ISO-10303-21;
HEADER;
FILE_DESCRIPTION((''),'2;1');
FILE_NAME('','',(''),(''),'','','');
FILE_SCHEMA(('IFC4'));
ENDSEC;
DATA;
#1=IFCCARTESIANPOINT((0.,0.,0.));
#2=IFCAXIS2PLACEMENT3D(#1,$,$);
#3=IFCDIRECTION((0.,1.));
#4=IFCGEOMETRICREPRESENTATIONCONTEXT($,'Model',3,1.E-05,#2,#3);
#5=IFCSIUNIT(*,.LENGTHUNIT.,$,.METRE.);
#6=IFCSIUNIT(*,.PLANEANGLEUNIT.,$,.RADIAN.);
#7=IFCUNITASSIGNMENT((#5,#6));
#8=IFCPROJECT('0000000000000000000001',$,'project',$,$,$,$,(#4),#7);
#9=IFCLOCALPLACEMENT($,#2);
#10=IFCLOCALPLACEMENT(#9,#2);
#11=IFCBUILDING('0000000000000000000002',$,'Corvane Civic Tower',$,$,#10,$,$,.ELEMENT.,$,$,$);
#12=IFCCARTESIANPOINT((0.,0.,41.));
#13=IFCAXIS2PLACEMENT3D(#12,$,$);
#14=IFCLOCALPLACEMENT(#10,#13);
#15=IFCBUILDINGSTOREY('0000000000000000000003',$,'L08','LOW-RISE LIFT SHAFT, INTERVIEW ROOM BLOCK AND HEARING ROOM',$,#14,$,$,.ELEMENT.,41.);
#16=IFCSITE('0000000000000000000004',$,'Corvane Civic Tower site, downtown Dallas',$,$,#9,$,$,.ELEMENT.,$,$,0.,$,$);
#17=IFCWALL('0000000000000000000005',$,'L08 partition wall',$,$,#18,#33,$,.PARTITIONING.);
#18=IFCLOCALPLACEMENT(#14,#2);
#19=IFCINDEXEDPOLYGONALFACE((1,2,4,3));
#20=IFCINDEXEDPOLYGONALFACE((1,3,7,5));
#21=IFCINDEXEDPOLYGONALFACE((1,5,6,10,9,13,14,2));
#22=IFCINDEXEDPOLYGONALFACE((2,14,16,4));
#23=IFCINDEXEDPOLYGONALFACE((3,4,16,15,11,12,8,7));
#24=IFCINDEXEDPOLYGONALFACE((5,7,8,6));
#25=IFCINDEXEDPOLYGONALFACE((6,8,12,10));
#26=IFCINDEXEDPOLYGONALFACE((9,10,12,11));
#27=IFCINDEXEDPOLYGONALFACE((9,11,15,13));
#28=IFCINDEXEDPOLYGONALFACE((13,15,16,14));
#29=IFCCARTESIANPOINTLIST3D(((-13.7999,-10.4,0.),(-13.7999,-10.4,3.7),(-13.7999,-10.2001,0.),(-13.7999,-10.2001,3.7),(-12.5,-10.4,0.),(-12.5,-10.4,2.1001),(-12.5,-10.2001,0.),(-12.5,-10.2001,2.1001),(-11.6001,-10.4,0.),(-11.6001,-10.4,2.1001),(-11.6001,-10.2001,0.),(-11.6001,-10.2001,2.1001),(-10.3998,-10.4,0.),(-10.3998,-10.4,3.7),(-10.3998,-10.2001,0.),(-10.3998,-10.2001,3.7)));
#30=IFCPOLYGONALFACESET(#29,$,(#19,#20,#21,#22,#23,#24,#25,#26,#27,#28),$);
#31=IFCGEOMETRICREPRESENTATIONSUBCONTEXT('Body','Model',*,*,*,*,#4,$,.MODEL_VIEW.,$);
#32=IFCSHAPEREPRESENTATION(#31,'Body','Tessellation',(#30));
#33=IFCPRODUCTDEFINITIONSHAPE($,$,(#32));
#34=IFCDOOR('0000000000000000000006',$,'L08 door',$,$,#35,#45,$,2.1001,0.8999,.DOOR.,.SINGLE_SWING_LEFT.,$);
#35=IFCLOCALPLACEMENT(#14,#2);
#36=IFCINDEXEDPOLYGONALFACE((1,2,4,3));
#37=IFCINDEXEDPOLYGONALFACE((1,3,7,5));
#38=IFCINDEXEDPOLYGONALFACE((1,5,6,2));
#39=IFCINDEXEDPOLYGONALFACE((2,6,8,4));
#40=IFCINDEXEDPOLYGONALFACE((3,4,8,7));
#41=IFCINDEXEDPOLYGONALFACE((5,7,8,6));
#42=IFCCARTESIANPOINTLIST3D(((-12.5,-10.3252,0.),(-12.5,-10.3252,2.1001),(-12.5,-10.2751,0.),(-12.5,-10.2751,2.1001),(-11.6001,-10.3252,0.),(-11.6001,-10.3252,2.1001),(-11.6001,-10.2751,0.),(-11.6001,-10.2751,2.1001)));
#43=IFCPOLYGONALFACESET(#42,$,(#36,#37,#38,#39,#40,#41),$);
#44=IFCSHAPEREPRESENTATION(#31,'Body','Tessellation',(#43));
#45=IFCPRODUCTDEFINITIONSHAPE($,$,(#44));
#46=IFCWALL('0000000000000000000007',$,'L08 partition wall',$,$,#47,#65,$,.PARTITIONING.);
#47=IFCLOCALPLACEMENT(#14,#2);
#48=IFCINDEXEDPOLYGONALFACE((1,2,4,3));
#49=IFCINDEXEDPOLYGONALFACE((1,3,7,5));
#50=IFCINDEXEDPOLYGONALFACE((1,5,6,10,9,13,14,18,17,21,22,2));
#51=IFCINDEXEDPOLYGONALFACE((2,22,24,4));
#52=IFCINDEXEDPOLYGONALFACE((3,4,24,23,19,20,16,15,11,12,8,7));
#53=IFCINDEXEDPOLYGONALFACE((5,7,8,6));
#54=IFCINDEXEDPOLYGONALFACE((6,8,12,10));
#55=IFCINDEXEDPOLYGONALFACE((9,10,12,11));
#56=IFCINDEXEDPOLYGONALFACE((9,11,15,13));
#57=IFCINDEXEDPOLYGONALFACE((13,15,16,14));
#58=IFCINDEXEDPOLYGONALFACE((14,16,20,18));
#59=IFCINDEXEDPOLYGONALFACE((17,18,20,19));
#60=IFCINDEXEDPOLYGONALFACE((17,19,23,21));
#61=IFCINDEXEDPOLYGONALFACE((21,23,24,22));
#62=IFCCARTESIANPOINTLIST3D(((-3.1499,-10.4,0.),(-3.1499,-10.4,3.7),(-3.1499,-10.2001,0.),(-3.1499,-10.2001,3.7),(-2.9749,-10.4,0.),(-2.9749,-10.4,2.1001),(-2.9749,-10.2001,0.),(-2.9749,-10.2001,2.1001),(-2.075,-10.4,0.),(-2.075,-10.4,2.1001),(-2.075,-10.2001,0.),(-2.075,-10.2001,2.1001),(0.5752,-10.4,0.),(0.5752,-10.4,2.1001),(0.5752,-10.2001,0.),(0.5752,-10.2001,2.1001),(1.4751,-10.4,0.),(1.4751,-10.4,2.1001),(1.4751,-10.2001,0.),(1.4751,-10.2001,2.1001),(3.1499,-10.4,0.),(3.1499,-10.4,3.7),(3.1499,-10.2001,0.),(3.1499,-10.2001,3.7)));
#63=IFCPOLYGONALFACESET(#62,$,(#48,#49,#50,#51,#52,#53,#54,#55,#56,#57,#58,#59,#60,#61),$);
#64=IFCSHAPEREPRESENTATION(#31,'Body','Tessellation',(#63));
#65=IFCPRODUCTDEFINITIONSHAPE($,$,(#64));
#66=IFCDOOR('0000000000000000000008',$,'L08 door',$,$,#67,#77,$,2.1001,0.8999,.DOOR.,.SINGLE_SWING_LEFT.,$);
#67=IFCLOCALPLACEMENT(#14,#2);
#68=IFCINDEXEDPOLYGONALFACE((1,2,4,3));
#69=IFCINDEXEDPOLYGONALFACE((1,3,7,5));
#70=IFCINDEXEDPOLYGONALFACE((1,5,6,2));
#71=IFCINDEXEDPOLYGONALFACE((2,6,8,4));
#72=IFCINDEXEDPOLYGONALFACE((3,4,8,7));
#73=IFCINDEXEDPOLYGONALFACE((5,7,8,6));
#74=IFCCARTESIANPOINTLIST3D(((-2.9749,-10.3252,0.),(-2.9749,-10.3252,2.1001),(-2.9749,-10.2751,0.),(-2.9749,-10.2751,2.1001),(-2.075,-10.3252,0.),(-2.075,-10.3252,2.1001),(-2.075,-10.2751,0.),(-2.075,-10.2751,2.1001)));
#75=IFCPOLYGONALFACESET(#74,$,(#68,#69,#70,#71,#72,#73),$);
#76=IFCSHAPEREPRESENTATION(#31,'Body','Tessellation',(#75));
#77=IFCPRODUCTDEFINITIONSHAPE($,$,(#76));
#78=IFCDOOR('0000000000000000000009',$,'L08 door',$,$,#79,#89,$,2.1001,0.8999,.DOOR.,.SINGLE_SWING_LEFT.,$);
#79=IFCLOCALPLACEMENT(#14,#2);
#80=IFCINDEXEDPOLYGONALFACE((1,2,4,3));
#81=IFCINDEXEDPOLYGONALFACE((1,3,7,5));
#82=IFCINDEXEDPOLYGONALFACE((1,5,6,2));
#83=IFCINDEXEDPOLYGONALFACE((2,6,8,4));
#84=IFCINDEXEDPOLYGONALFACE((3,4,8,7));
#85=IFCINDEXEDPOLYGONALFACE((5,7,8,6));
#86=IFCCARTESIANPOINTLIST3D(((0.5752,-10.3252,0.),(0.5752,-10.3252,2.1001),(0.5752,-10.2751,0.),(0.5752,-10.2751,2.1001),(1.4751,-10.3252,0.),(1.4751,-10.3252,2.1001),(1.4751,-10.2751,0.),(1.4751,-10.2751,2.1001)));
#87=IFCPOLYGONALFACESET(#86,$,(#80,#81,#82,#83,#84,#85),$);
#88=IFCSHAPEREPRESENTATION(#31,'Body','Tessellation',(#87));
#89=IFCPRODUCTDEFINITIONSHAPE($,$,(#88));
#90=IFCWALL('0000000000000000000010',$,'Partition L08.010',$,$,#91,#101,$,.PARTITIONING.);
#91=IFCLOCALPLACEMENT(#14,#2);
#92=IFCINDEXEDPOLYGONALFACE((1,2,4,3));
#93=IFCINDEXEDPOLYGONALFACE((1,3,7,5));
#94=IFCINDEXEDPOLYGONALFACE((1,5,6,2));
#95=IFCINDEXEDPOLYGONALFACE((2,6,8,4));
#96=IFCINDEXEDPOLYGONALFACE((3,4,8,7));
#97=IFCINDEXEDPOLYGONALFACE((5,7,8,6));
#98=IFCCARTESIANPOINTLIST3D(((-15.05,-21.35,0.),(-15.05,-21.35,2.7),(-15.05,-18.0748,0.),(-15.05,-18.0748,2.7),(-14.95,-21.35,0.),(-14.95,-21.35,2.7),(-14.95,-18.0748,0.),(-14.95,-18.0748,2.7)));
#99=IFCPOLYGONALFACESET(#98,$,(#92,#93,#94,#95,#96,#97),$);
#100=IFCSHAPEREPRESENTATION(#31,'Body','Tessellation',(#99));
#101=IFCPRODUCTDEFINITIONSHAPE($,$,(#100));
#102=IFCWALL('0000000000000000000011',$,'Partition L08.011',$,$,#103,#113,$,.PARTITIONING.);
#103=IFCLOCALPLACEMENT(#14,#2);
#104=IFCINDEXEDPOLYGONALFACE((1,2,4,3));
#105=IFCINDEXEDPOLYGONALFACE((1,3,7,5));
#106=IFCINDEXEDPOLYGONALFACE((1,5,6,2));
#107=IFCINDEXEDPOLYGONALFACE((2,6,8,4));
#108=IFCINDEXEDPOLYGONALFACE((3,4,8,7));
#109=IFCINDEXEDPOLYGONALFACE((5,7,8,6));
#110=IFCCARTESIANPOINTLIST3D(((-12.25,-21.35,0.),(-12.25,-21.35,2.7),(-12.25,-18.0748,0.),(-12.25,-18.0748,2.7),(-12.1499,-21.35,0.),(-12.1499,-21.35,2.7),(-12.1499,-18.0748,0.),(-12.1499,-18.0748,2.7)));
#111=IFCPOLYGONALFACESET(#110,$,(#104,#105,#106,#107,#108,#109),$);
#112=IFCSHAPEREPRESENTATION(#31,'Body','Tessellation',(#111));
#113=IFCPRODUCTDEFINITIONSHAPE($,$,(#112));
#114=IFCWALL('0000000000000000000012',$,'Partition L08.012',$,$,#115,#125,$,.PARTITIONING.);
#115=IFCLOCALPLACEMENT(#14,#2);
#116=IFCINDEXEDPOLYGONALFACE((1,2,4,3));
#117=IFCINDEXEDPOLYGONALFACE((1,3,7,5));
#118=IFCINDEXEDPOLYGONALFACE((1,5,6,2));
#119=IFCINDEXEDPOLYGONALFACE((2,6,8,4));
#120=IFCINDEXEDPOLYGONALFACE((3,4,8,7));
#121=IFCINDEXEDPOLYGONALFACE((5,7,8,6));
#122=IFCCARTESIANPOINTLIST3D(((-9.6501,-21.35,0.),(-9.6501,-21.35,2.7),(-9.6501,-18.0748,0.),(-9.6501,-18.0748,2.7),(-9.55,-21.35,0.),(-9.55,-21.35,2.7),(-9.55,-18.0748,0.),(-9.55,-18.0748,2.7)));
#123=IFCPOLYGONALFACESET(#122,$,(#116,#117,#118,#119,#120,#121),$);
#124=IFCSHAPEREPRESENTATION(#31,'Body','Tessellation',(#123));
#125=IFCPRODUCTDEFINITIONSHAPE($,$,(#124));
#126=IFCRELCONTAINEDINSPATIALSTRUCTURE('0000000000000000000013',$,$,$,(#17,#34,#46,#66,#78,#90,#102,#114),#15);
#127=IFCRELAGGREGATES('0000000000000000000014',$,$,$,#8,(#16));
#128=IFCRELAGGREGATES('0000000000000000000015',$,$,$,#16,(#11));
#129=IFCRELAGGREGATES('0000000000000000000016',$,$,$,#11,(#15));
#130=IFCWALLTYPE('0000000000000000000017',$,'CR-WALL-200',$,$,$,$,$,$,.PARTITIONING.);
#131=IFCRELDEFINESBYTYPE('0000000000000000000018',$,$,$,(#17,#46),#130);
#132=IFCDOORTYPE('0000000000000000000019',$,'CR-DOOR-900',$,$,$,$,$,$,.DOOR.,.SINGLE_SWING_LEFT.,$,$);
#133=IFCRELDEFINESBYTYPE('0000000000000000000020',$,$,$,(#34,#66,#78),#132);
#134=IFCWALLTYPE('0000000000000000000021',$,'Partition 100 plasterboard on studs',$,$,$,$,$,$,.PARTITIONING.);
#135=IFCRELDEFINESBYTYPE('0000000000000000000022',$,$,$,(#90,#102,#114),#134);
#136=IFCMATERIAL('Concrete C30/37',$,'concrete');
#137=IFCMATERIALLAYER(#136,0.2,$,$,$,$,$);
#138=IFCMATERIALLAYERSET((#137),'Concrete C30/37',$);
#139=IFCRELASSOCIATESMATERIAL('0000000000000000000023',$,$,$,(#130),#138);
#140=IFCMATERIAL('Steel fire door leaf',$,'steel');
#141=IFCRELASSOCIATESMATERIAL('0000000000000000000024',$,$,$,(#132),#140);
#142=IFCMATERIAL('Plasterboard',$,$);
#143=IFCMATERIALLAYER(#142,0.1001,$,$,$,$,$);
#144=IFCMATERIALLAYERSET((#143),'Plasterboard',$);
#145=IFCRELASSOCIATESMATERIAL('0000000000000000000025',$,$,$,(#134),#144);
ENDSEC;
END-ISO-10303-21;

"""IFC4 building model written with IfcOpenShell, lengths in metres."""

from ifc_helpers import new_model, si_unit, direction, frame, frame_2d, origin, place, context, subcontext, project, spatial, rectangle, extrude, material, layer, layer_set, type_object, element, fill, save


model = new_model("IFC4")

# Units and contexts
model_context = context("Model", 3, precision=1e-05, world=origin(), true_north=direction((0.0, 1.0)))
body_context = subcontext(model_context, "Body", "Model", "MODEL_VIEW")
ifc_project = project(units=[si_unit("LENGTHUNIT", "METRE"), si_unit("PLANEANGLEUNIT", "RADIAN")], contexts=[model_context])

# Site, building, storey
site_placement = place(None, origin())
site = spatial("IfcSite", under=ifc_project, at=site_placement, Name="Corvane Civic Tower site, downtown Dallas", CompositionType="ELEMENT", RefElevation=0.0)
building_placement = place(site_placement, origin())
building = spatial("IfcBuilding", under=site, at=building_placement, Name="Corvane Civic Tower", CompositionType="ELEMENT")
storey_placement = place(building_placement, frame((0.0, 0.0, 41.0)))
storey = spatial("IfcBuildingStorey", under=building, at=storey_placement, Name="L08", Description="LOW-RISE LIFT SHAFT, INTERVIEW ROOM BLOCK AND HEARING ROOM", CompositionType="ELEMENT", Elevation=41.0)

# Wall, opening, door
ifc_material_1 = material(Name="Concrete C30/37", Category="concrete")
ifc_layer_1 = layer(ifc_material_1, 0.2)
ifc_layer_set_1 = layer_set([ifc_layer_1], Name="Concrete C30/37")
wall_type_1 = type_object("IfcWallType", Name="CR-WALL-200", PredefinedType="PARTITIONING", material=ifc_layer_set_1)
wall_1_placement = place(storey_placement, frame((-13.8, -10.3, 0.0), z_axis=(0.0, 0.0, 1.0), x_axis=(1.0, 0.0, 0.0)))
wall_1 = element("IfcWall", 1, at=wall_1_placement, inside=storey, type_object=wall_type_1, Name="L08 partition wall", PredefinedType="PARTITIONING", context=body_context, shape_type="SweptSolid", body=[
    extrude(rectangle(XDim=3.4001, YDim=0.2, at=frame_2d((1.7002, 0.0))), origin(), (0.0, 0.0, 1.0), 3.7),
])
opening_1_placement = place(wall_1_placement, frame((1.3, 0.0, 0.0)))
opening_1 = element("IfcOpeningElement", 2, at=opening_1_placement, cuts=wall_1, PredefinedType="OPENING", context=body_context, shape_type="SweptSolid", body=[
    extrude(rectangle(XDim=0.8999, YDim=2.1001, at=frame_2d((0.45, 1.05))), frame((0.0, 0.1099, 0.0), z_axis=(0.0, -1.0, 0.0), x_axis=(1.0, 0.0, 0.0)), (0.0, 0.0, 1.0), 0.22),
])
ifc_material_2 = material(Name="Steel fire door leaf", Category="steel")
door_type_1 = type_object("IfcDoorType", Name="CR-DOOR-900", OperationType="SINGLE_SWING_LEFT", PredefinedType="DOOR", material=ifc_material_2)
door_1_placement = place(opening_1_placement, origin())
door_1 = element("IfcDoor", 3, at=door_1_placement, inside=storey, type_object=door_type_1, Name="L08 door", OperationType="SINGLE_SWING_LEFT", OverallHeight=2.1001, OverallWidth=0.8999, PredefinedType="DOOR", context=body_context, shape_type="SweptSolid", body=[
    extrude(rectangle(XDim=0.8999, YDim=2.1001, at=frame_2d((0.45, 1.05))), frame((0.0, 0.0249, 0.0), z_axis=(0.0, -1.0, 0.0), x_axis=(1.0, 0.0, 0.0)), (0.0, 0.0, 1.0), 0.05),
])
fill(opening_1, door_1)

# Wall, openings, doors
wall_2_placement = place(storey_placement, frame((-3.1499, -10.3, 0.0), z_axis=(0.0, 0.0, 1.0), x_axis=(1.0, 0.0, 0.0)))
wall_2 = element("IfcWall", 4, at=wall_2_placement, inside=storey, type_object=wall_type_1, Name="L08 partition wall", PredefinedType="PARTITIONING", context=body_context, shape_type="SweptSolid", body=[
    extrude(rectangle(XDim=6.2998, YDim=0.2, at=frame_2d((3.1499, 0.0))), origin(), (0.0, 0.0, 1.0), 3.7),
])
opening_2_placement = place(wall_2_placement, frame((0.175, 0.0, 0.0)))
opening_2 = element("IfcOpeningElement", 5, at=opening_2_placement, cuts=wall_2, PredefinedType="OPENING", context=body_context, shape_type="SweptSolid", body=[
    extrude(rectangle(XDim=0.8999, YDim=2.1001, at=frame_2d((0.45, 1.05))), frame((0.0, 0.1099, 0.0), z_axis=(0.0, -1.0, 0.0), x_axis=(1.0, 0.0, 0.0)), (0.0, 0.0, 1.0), 0.22),
])
opening_3_placement = place(wall_2_placement, frame((3.7251, 0.0, 0.0)))
opening_3 = element("IfcOpeningElement", 6, at=opening_3_placement, cuts=wall_2, PredefinedType="OPENING", context=body_context, shape_type="SweptSolid", body=[
    extrude(rectangle(XDim=0.8999, YDim=2.1001, at=frame_2d((0.45, 1.05))), frame((0.0, 0.1099, 0.0), z_axis=(0.0, -1.0, 0.0), x_axis=(1.0, 0.0, 0.0)), (0.0, 0.0, 1.0), 0.22),
])
door_2_placement = place(opening_2_placement, origin())
door_2 = element("IfcDoor", 7, at=door_2_placement, inside=storey, type_object=door_type_1, Name="L08 door", OperationType="SINGLE_SWING_LEFT", OverallHeight=2.1001, OverallWidth=0.8999, PredefinedType="DOOR", context=body_context, shape_type="SweptSolid", body=[
    extrude(rectangle(XDim=0.8999, YDim=2.1001, at=frame_2d((0.45, 1.05))), frame((0.0, 0.0249, 0.0), z_axis=(0.0, -1.0, 0.0), x_axis=(1.0, 0.0, 0.0)), (0.0, 0.0, 1.0), 0.05),
])
fill(opening_2, door_2)
door_3_placement = place(opening_3_placement, origin())
door_3 = element("IfcDoor", 8, at=door_3_placement, inside=storey, type_object=door_type_1, Name="L08 door", OperationType="SINGLE_SWING_LEFT", OverallHeight=2.1001, OverallWidth=0.8999, PredefinedType="DOOR", context=body_context, shape_type="SweptSolid", body=[
    extrude(rectangle(XDim=0.8999, YDim=2.1001, at=frame_2d((0.45, 1.05))), frame((0.0, 0.0249, 0.0), z_axis=(0.0, -1.0, 0.0), x_axis=(1.0, 0.0, 0.0)), (0.0, 0.0, 1.0), 0.05),
])
fill(opening_3, door_3)

# Walls
ifc_material_3 = material(Name="Plasterboard")
ifc_layer_2 = layer(ifc_material_3, 0.1001)
ifc_layer_set_2 = layer_set([ifc_layer_2], Name="Plasterboard")
wall_type_2 = type_object("IfcWallType", Name="Partition 100 plasterboard on studs", PredefinedType="PARTITIONING", material=ifc_layer_set_2)
for number, where, z_axis, x_axis, name in (
    (9, (-15.0, -21.3501, 0.0), (0.0, 0.0, 1.0), (0.0, 1.0, 0.0), "Partition L08.010"),
    (10, (-12.2, -21.3501, 0.0), (0.0, 0.0, 1.0), (0.0, 1.0, 0.0), "Partition L08.011"),
    (11, (-9.6001, -21.3501, 0.0), (0.0, 0.0, 1.0), (0.0, 1.0, 0.0), "Partition L08.012"),
):
    element("IfcWall", number, at=place(storey_placement, frame(where, z_axis=z_axis, x_axis=x_axis)), inside=storey, type_object=wall_type_2, Name=name, PredefinedType="PARTITIONING", context=body_context, shape_type="SweptSolid", body=[
        extrude(rectangle(XDim=3.2751, YDim=0.1001, at=frame_2d((1.6377, 0.0))), origin(), (0.0, 0.0, 1.0), 2.7),
    ])

save(model, "model.ifc")
